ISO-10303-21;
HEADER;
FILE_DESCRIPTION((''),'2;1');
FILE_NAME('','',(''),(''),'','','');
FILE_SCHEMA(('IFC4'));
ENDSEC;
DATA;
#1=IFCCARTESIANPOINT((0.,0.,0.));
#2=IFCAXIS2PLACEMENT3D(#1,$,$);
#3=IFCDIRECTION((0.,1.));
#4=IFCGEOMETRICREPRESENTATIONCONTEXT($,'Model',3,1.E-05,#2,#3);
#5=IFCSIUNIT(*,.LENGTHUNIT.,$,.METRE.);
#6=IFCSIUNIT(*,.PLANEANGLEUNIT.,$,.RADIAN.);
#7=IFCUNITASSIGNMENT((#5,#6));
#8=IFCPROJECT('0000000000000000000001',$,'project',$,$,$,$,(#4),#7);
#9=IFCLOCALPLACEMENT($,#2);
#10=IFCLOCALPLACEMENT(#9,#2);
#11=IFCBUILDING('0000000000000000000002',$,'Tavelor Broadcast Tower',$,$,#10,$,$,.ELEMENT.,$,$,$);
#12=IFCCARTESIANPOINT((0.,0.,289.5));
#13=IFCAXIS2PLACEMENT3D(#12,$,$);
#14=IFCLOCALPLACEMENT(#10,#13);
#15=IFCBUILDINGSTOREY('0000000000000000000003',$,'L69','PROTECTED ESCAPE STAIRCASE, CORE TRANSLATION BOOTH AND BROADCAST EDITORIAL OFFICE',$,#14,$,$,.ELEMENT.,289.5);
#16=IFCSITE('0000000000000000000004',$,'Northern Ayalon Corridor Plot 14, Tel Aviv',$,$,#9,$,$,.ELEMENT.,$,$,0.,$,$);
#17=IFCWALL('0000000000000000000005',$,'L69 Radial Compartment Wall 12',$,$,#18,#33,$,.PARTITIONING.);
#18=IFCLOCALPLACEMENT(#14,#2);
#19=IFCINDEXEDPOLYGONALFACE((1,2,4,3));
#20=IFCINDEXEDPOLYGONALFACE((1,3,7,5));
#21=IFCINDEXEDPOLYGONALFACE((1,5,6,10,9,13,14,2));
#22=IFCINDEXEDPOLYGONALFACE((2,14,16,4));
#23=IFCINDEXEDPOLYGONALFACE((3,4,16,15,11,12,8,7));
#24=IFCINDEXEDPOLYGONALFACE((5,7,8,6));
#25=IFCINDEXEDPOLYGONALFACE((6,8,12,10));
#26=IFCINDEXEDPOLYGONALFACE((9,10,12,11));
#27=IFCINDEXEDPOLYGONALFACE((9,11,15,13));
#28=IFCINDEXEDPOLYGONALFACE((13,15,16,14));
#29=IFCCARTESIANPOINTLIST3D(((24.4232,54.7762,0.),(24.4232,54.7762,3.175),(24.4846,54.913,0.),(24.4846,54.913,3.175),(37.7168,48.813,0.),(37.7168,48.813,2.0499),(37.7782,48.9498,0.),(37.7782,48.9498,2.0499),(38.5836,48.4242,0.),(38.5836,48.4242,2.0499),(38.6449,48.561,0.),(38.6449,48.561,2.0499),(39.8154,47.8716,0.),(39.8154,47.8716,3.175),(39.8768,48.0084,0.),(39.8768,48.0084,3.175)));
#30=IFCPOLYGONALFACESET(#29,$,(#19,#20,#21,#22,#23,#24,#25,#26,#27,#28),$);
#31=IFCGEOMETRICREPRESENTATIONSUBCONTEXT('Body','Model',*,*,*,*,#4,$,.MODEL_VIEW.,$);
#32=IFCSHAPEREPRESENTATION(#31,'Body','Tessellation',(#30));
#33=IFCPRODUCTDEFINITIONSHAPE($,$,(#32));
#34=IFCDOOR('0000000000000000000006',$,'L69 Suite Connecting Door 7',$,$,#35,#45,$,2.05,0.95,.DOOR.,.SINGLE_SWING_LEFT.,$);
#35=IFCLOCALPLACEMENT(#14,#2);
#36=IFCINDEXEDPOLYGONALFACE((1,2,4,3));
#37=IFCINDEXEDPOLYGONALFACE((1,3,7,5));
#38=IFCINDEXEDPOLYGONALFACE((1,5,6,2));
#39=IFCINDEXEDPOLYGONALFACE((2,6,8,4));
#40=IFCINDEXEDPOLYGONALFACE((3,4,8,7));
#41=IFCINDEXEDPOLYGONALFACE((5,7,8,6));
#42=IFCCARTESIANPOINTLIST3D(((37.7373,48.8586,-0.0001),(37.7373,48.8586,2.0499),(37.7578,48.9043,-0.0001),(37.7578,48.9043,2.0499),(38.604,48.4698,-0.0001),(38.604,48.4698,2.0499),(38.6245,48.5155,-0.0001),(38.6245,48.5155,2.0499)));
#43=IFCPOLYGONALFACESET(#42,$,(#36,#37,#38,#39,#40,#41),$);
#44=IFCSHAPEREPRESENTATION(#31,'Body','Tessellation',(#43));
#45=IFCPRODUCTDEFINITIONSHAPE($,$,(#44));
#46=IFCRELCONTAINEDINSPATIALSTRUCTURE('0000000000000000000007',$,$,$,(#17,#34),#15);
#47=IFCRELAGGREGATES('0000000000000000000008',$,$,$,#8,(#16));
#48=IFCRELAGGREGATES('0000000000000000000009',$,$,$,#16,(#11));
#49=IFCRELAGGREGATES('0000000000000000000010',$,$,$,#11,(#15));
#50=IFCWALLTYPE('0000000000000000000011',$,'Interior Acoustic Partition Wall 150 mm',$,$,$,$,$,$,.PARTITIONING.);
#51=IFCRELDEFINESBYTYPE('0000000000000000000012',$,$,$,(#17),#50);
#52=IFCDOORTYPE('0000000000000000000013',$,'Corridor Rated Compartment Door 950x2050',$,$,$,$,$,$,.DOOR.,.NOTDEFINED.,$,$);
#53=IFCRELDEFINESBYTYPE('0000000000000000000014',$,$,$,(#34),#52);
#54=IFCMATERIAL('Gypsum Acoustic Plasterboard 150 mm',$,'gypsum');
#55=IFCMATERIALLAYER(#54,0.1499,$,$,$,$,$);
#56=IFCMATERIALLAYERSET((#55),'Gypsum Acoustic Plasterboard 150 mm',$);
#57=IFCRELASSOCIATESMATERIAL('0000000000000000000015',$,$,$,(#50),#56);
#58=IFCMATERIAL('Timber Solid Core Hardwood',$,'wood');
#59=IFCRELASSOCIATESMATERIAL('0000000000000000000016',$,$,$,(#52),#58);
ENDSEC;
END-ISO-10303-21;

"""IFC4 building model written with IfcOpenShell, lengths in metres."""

from ifc_helpers import new_model, si_unit, direction, frame, frame_2d, origin, place, context, subcontext, project, spatial, rectangle, extrude, material, layer, layer_set, type_object, element, fill, save


model = new_model("IFC4")

# Units and contexts
model_context = context("Model", 3, precision=1e-05, world=origin(), true_north=direction((0.0, 1.0)))
body_context = subcontext(model_context, "Body", "Model", "MODEL_VIEW")
ifc_project = project(units=[si_unit("LENGTHUNIT", "METRE"), si_unit("PLANEANGLEUNIT", "RADIAN")], contexts=[model_context])

# Site, building, storey
site_placement = place(None, origin())
site = spatial("IfcSite", under=ifc_project, at=site_placement, Name="Northern Ayalon Corridor Plot 14, Tel Aviv", CompositionType="ELEMENT", RefElevation=0.0)
building_placement = place(site_placement, origin())
building = spatial("IfcBuilding", under=site, at=building_placement, Name="Tavelor Broadcast Tower", CompositionType="ELEMENT")
storey_placement = place(building_placement, frame((0.0, 0.0, 289.5)))
storey = spatial("IfcBuildingStorey", under=building, at=storey_placement, Name="L69", Description="PROTECTED ESCAPE STAIRCASE, CORE TRANSLATION BOOTH AND BROADCAST EDITORIAL OFFICE", CompositionType="ELEMENT", Elevation=289.5)

# Shared definitions
ifc_material_1 = material(Name="Gypsum Acoustic Plasterboard 150 mm", Category="gypsum")
ifc_layer_1 = layer(ifc_material_1, 0.1499)
ifc_layer_set_1 = layer_set([ifc_layer_1], Name="Gypsum Acoustic Plasterboard 150 mm")
wall_type_1 = type_object("IfcWallType", Name="Interior Acoustic Partition Wall 150 mm", PredefinedType="PARTITIONING", material=ifc_layer_set_1)

# Wall, opening, door
ifc_material_2 = material(Name="Timber Solid Core Hardwood", Category="wood")
door_type_1 = type_object("IfcDoorType", Name="Corridor Rated Compartment Door 950x2050", OperationType="NOTDEFINED", PredefinedType="DOOR", material=ifc_material_2)
wall_1_placement = place(storey_placement, frame((39.8462, 47.9399, 0.0), z_axis=(0.0, 0.0, 1.0), x_axis=(-0.912407, 0.409285, 0.0)))
wall_1 = element("IfcWall", 1, at=wall_1_placement, inside=storey, type_object=wall_type_1, Name="L69 Radial Compartment Wall 12", PredefinedType="PARTITIONING", context=body_context, shape_type="SweptSolid", body=[
    extrude(rectangle(XDim=16.8699, YDim=0.1499, at=frame_2d((8.4351, 0.0))), origin(), (0.0, 0.0, 1.0), 3.175),
])
opening_1_placement = place(wall_1_placement, frame((1.3501, 0.0, 0.0)))
opening_1 = element("IfcOpeningElement", 2, at=opening_1_placement, cuts=wall_1, PredefinedType="OPENING", context=body_context, shape_type="SweptSolid", body=[
    extrude(rectangle(XDim=0.95, YDim=2.05, at=frame_2d((0.4751, 1.0249))), frame((0.0, 0.085, 0.0), z_axis=(0.0, -1.0, 0.0), x_axis=(1.0, 0.0, 0.0)), (0.0, 0.0, 1.0), 0.1699),
])
door_1_placement = place(opening_1_placement, origin())
door_1 = element("IfcDoor", 3, at=door_1_placement, inside=storey, type_object=door_type_1, Name="L69 Suite Connecting Door 7", OperationType="SINGLE_SWING_LEFT", OverallHeight=2.05, OverallWidth=0.95, PredefinedType="DOOR", context=body_context, shape_type="SweptSolid", body=[
    extrude(rectangle(XDim=0.95, YDim=2.05, at=frame_2d((0.4751, 1.0249))), frame((0.0, 0.0249, 0.0), z_axis=(0.0, -1.0, 0.0), x_axis=(1.0, 0.0, 0.0)), (0.0, 0.0, 1.0), 0.05),
])
fill(opening_1, door_1)

save(model, "model.ifc")
